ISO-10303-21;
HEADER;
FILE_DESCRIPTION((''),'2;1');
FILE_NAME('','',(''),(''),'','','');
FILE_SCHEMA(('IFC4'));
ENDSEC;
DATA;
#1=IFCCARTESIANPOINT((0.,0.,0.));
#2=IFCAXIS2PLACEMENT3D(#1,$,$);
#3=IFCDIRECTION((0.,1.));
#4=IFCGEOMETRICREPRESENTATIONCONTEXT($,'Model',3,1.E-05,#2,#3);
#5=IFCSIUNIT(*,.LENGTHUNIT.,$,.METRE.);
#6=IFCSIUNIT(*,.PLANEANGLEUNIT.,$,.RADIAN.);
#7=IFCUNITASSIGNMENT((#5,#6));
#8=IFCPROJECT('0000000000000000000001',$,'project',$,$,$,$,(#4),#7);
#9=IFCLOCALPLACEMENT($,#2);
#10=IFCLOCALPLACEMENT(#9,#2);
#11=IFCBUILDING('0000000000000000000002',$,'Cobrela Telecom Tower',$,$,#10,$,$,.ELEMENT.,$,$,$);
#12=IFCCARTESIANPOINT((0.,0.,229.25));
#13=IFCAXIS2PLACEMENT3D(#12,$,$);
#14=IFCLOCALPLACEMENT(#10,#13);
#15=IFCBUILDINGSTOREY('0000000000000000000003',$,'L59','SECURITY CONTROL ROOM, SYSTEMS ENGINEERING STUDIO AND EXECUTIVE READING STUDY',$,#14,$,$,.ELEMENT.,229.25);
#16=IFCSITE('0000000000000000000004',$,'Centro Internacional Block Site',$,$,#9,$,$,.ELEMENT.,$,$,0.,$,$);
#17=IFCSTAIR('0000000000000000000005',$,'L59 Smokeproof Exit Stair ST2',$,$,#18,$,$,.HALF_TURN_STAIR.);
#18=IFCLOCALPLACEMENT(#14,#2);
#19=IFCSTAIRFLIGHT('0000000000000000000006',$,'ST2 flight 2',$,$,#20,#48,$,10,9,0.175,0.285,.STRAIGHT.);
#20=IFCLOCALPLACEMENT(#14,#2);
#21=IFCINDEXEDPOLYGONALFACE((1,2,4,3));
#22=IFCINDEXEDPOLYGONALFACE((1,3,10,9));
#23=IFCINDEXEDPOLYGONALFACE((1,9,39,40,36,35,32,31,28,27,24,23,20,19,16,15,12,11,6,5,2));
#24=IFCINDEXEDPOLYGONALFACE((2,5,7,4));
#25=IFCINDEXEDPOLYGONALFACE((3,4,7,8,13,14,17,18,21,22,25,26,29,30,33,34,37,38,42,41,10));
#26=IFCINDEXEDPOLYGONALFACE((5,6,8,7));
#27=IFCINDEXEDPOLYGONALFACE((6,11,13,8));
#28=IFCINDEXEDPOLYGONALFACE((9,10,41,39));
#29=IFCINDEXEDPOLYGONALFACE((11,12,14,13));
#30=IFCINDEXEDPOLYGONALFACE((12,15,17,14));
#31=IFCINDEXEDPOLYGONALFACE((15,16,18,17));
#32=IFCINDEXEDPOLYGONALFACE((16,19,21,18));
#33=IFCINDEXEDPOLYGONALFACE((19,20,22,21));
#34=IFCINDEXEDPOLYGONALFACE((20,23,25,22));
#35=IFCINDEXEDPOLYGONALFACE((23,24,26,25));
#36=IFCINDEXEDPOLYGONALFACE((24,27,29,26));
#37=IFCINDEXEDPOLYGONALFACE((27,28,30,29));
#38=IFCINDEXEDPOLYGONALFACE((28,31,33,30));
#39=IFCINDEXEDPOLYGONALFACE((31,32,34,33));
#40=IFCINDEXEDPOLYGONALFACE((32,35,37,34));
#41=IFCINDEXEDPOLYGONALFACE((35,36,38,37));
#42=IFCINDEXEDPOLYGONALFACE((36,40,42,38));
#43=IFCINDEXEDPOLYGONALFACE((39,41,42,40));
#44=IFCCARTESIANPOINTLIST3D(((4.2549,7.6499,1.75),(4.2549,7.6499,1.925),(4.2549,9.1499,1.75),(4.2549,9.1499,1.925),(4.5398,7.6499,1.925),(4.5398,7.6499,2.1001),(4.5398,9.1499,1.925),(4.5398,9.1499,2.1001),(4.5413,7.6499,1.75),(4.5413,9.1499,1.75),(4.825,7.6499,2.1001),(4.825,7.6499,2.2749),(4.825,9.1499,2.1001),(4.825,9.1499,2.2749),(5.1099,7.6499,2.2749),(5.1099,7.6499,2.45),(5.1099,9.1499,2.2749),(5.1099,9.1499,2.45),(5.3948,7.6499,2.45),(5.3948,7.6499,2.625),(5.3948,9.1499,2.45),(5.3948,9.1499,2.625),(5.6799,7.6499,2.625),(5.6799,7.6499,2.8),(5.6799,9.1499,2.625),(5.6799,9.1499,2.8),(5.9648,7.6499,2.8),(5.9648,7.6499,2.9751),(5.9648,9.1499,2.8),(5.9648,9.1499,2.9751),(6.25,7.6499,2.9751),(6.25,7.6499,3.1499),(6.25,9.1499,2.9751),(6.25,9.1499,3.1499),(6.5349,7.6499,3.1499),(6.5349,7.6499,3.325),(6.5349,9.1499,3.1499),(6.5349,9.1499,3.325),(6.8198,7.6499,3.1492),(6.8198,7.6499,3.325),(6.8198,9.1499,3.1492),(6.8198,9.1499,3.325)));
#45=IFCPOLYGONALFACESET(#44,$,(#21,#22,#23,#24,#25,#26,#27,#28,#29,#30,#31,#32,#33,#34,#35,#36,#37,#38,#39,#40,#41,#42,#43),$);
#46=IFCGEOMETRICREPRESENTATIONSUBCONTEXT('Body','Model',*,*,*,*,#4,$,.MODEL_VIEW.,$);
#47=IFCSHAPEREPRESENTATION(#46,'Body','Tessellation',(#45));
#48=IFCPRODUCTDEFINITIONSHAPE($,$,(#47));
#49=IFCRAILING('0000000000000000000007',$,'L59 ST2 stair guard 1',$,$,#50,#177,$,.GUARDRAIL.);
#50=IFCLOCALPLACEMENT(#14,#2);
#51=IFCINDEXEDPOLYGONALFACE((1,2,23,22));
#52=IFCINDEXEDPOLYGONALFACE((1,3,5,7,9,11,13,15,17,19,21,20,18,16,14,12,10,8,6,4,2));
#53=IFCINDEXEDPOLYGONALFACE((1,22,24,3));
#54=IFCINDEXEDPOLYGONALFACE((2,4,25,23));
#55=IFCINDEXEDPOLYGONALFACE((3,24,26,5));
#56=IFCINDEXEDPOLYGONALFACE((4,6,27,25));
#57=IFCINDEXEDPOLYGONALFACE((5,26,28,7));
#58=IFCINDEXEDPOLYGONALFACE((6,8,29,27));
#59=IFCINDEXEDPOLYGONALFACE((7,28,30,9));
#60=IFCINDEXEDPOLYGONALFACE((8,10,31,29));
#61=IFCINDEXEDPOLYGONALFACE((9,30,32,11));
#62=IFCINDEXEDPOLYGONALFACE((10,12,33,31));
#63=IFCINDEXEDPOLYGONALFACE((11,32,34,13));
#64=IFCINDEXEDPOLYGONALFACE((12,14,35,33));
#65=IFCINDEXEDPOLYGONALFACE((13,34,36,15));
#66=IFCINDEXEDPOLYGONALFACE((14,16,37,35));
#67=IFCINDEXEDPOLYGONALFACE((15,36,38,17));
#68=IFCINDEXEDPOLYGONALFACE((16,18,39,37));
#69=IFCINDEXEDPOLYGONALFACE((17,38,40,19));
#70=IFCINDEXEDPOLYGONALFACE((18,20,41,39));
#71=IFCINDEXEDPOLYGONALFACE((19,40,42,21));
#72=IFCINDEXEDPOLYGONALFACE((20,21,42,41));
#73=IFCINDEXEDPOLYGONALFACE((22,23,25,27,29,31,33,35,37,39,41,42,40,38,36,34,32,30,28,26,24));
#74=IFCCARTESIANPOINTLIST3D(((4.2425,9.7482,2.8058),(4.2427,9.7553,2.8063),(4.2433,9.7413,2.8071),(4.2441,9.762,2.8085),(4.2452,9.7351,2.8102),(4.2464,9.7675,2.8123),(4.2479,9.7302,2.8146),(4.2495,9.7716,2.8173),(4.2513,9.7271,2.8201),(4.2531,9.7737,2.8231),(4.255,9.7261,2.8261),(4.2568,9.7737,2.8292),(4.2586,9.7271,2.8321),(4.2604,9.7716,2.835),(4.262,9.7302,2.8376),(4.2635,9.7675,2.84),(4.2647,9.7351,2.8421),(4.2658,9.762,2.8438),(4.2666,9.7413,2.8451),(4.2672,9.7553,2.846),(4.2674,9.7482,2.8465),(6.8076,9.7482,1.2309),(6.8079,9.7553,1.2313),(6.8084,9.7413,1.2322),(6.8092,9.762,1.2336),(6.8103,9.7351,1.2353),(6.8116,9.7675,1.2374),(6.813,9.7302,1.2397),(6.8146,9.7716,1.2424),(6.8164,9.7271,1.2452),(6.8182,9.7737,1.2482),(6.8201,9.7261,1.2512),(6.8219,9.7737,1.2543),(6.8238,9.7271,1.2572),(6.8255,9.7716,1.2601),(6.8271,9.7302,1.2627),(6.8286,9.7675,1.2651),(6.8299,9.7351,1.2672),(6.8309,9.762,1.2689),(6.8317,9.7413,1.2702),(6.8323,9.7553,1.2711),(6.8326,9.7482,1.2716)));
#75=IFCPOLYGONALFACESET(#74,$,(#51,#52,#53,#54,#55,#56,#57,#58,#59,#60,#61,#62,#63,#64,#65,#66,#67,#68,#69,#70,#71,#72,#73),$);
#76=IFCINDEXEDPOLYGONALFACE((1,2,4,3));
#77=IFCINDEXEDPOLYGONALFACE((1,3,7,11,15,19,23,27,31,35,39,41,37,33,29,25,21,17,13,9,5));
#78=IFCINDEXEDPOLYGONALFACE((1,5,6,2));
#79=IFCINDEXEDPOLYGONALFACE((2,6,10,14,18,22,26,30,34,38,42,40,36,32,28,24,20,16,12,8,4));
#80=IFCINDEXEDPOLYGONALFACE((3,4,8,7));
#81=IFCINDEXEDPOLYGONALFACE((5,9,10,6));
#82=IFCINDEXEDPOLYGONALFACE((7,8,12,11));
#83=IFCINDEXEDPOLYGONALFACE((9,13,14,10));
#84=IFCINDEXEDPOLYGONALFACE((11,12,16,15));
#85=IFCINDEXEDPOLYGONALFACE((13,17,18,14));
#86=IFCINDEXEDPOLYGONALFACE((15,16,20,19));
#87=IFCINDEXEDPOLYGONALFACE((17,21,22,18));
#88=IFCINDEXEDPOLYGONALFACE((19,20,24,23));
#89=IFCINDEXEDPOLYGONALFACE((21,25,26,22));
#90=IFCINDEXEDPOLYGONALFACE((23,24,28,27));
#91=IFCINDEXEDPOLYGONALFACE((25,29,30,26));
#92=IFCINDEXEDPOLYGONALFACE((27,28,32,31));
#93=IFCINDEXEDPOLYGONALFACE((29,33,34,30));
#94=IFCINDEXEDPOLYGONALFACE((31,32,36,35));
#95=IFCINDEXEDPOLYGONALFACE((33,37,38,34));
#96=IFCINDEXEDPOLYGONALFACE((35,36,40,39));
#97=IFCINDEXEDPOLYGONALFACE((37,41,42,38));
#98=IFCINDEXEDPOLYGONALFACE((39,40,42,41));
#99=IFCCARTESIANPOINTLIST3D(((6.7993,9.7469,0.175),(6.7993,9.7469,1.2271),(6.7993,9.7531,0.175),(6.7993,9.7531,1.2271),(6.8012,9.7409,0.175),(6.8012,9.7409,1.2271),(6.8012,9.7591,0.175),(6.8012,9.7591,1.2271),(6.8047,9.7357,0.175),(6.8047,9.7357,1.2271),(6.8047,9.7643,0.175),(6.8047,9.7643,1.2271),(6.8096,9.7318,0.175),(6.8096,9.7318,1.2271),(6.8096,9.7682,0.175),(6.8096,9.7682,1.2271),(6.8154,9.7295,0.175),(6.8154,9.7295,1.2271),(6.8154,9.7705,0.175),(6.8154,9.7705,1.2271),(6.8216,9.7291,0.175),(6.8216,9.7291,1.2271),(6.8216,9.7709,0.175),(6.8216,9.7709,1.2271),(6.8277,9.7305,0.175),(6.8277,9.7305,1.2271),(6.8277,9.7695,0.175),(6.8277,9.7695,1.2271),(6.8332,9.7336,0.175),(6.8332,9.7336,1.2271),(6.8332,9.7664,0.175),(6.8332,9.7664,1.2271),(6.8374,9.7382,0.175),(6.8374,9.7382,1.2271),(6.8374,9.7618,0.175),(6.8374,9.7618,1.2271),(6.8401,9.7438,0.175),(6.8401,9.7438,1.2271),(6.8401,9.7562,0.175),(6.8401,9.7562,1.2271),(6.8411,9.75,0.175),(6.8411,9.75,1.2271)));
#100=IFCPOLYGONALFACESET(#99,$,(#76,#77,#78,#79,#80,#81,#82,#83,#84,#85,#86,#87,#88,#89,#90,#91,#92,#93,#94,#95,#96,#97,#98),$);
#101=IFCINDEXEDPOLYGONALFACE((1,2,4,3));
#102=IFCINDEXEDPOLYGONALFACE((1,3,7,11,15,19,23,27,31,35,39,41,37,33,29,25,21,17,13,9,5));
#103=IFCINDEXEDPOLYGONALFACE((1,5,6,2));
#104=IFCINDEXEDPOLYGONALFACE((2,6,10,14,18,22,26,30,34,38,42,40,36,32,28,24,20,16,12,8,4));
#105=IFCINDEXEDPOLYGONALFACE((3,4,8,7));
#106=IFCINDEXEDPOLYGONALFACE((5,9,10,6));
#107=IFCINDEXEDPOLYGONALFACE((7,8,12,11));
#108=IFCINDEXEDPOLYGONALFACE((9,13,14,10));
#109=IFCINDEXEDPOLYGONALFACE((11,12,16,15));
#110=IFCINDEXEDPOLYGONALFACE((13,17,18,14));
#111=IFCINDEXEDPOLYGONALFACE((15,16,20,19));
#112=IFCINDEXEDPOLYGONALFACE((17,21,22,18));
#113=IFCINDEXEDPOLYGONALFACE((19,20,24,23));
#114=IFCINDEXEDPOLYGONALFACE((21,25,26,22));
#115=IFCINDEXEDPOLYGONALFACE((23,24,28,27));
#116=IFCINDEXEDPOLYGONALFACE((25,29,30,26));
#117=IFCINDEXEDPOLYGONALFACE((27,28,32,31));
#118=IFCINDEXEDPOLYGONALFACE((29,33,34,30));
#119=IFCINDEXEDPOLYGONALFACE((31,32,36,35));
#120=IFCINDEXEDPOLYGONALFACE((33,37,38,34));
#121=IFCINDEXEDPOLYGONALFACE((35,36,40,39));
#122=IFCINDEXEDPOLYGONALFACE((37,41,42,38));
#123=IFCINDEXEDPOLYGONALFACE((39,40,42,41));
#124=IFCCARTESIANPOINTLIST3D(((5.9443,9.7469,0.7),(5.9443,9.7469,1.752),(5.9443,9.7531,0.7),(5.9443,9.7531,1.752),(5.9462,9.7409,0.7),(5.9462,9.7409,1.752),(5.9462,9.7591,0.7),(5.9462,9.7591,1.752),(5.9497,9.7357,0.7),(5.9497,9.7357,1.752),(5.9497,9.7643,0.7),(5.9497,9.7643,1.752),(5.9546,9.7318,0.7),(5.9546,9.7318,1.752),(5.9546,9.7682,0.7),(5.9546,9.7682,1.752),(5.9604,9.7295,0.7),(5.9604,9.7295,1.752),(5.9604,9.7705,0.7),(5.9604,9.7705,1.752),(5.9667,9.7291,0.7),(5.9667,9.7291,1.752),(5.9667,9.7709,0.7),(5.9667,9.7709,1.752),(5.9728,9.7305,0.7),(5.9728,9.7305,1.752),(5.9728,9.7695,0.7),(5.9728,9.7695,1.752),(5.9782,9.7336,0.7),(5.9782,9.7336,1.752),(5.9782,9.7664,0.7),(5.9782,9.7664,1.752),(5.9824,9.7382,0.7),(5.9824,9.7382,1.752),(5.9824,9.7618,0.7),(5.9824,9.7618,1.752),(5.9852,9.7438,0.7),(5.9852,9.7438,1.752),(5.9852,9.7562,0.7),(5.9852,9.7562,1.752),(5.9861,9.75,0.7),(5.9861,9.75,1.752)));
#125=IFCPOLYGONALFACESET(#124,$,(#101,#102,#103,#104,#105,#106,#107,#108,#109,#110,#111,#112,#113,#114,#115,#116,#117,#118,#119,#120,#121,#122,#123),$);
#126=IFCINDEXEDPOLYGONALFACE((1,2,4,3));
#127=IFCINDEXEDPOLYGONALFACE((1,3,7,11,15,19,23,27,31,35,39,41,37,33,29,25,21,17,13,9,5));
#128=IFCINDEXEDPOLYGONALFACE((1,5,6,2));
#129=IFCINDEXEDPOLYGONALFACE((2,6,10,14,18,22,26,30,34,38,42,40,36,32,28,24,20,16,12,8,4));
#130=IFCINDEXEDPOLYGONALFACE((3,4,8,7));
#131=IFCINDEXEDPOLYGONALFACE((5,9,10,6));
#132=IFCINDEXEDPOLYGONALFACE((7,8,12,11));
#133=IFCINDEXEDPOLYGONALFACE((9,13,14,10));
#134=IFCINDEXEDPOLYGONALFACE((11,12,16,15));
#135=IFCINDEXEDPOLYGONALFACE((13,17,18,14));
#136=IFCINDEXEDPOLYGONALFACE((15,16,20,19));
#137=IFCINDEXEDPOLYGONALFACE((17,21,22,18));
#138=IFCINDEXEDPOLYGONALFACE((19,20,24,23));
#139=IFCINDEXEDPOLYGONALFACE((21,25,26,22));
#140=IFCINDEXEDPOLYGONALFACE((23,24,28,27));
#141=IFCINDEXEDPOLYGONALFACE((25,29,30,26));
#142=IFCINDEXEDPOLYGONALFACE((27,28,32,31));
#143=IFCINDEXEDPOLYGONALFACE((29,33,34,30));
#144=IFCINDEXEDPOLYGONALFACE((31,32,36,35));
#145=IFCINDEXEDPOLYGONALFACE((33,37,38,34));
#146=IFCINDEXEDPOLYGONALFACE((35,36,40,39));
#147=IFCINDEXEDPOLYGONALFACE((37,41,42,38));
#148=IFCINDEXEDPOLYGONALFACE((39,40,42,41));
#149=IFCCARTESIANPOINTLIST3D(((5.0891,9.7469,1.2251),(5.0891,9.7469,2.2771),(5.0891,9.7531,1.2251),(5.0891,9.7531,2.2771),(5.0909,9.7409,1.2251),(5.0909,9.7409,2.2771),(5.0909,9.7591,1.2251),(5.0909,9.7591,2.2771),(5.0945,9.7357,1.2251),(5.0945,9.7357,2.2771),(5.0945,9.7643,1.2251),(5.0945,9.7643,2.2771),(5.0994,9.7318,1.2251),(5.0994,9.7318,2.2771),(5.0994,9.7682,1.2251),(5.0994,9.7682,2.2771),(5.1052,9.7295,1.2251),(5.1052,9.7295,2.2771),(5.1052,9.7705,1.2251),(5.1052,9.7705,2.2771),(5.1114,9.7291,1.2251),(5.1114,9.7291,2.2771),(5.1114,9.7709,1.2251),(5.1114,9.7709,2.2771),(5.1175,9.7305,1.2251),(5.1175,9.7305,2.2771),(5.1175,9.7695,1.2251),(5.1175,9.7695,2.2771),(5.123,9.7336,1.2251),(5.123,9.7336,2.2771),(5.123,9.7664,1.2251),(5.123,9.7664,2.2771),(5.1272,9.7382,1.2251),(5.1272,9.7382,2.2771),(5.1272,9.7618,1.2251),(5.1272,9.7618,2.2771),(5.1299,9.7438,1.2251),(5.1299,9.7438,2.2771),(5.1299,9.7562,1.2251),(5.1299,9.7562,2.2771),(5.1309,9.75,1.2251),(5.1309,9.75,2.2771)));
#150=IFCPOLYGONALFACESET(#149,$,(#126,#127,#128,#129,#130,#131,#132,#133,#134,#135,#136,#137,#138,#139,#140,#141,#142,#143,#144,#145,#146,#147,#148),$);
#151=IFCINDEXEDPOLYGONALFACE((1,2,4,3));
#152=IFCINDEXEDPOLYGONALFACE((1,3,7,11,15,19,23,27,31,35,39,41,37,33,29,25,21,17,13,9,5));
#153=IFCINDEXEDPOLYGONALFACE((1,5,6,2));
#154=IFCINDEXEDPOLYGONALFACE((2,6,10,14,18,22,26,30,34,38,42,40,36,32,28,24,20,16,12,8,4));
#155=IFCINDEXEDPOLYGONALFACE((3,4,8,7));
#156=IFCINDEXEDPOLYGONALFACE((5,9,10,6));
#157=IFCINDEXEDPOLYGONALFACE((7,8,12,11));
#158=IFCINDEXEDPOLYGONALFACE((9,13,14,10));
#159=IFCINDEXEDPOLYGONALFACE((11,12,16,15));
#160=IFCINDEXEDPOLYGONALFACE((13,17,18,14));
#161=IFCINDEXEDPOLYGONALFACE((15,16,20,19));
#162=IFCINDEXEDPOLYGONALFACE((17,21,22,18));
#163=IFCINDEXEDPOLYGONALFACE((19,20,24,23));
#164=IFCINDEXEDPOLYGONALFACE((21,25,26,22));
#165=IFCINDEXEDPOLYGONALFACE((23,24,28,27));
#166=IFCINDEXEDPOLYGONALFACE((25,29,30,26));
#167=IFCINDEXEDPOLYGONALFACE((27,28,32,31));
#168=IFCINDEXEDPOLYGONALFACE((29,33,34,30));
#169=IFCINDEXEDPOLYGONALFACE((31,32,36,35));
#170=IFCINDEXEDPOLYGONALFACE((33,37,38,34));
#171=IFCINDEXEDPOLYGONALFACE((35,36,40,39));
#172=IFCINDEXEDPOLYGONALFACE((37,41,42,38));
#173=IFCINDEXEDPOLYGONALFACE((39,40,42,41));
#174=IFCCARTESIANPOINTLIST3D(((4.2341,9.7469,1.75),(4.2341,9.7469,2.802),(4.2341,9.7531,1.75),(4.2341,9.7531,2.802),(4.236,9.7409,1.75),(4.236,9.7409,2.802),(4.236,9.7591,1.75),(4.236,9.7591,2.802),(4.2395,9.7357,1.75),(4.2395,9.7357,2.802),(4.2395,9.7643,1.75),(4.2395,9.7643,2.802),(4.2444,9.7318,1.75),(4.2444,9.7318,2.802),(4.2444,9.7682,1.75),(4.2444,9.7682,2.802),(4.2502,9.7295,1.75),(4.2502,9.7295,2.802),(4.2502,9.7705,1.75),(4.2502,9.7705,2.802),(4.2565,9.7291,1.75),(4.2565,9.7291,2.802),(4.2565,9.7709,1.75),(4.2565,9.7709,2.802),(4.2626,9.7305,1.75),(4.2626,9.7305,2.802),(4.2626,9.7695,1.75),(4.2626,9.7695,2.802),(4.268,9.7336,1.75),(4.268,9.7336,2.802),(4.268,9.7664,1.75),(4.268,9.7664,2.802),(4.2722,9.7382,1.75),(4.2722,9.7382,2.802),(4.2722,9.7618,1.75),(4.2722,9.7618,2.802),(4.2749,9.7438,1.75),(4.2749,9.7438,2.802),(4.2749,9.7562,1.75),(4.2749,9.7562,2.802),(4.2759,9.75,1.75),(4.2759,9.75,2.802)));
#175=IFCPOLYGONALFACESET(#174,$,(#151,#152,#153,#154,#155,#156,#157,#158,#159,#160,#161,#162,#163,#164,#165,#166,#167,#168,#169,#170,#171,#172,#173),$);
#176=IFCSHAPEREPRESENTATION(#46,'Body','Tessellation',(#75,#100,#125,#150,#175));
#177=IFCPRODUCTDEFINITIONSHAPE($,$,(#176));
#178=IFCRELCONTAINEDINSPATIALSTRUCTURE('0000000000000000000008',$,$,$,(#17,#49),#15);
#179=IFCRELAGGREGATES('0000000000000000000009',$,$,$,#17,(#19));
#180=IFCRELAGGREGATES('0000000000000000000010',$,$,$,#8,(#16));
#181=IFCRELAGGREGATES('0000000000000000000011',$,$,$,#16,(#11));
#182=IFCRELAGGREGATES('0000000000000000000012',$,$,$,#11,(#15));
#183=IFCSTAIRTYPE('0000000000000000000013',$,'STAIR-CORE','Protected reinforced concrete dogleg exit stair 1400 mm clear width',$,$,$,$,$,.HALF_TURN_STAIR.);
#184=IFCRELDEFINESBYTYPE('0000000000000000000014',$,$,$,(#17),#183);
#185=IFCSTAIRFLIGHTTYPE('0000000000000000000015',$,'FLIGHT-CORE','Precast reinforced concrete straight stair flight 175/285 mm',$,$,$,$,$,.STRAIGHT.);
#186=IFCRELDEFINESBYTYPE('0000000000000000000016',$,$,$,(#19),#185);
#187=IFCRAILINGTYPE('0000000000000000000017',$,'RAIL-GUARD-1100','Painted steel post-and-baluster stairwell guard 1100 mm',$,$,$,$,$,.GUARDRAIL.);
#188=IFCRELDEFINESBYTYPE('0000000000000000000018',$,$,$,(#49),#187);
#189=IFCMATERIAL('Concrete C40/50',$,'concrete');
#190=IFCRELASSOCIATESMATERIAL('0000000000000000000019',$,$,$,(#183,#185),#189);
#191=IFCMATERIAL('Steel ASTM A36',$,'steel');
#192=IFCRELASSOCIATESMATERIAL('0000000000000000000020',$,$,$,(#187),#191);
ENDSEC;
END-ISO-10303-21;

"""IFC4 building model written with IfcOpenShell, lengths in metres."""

from ifc_helpers import new_model, si_unit, direction, frame, origin, origin_2d, place, context, subcontext, project, spatial, polyline, circle, outline, extrude, material, type_object, element, aggregate, save


model = new_model("IFC4")

# Units and contexts
model_context = context("Model", 3, precision=1e-05, world=origin(), true_north=direction((0.0, 1.0)))
body_context = subcontext(model_context, "Body", "Model", "MODEL_VIEW")
ifc_project = project(units=[si_unit("LENGTHUNIT", "METRE"), si_unit("PLANEANGLEUNIT", "RADIAN")], contexts=[model_context])

# Site, building, storey
site_placement = place(None, origin())
site = spatial("IfcSite", under=ifc_project, at=site_placement, Name="Centro Internacional Block Site", CompositionType="ELEMENT", RefElevation=0.0)
building_placement = place(site_placement, origin())
building = spatial("IfcBuilding", under=site, at=building_placement, Name="Cobrela Telecom Tower", CompositionType="ELEMENT")
storey_placement = place(building_placement, frame((0.0, 0.0, 229.25)))
storey = spatial("IfcBuildingStorey", under=building, at=storey_placement, Name="L59", Description="SECURITY CONTROL ROOM, SYSTEMS ENGINEERING STUDIO AND EXECUTIVE READING STUDY", CompositionType="ELEMENT", Elevation=229.25)

# Shared definitions
ifc_material_1 = material(Name="Steel ASTM A36", Category="steel")

# Shared definitions
ifc_material_2 = material(Name="Concrete C40/50", Category="concrete")

# Stair, stair flight
stair_type = type_object("IfcStairType", Name="STAIR-CORE", Description="Protected reinforced concrete dogleg exit stair 1400 mm clear width", PredefinedType="HALF_TURN_STAIR", material=ifc_material_2)
stair_placement = place(storey_placement, origin())
stair = element("IfcStair", 1, at=stair_placement, inside=storey, type_object=stair_type, Name="L59 Smokeproof Exit Stair ST2", PredefinedType="HALF_TURN_STAIR")
stair_flight_type = type_object("IfcStairFlightType", Name="FLIGHT-CORE", Description="Precast reinforced concrete straight stair flight 175/285 mm", PredefinedType="STRAIGHT", material=ifc_material_2)
stair_flight_1_placement = place(storey_placement, frame((4.2549, 8.3999, 1.75), z_axis=(0.0, 0.0, 1.0), x_axis=(1.0, 0.0, 0.0)))
stair_flight_1 = element("IfcStairFlight", 2, at=stair_flight_1_placement, type_object=stair_flight_type, Name="ST2 flight 2", NumberOfRisers=10, NumberOfTreads=9, PredefinedType="STRAIGHT", RiserHeight=0.175, TreadLength=0.285, context=body_context, shape_type="SweptSolid", body=[
    extrude(outline(polyline([(0.0, 0.0), (0.0, 0.175), (0.2849, 0.175), (0.2849, 0.3501), (0.5701, 0.3501), (0.5701, 0.5249), (0.855, 0.5249), (0.855, 0.7), (1.1399, 0.7), (1.1399, 0.875), (1.425, 0.875), (1.425, 1.05), (1.71, 1.05), (1.71, 1.2251), (1.9951, 1.2251), (1.9951, 1.3999), (2.28, 1.3999), (2.28, 1.575), (2.5649, 1.575), (2.5649, 1.75), (2.5649, 1.3992), (0.2864, 0.0), (0.0, 0.0)])), frame((0.0, 0.75, 0.0), z_axis=(0.0, -1.0, 0.0), x_axis=(1.0, 0.0, 0.0)), (0.0, 0.0, 1.0), 1.5),
])
aggregate(stair, [stair_flight_1])

# Railing
railing_type = type_object("IfcRailingType", Name="RAIL-GUARD-1100", Description="Painted steel post-and-baluster stairwell guard 1100 mm", PredefinedType="GUARDRAIL", material=ifc_material_1)
railing_1_placement = place(storey_placement, frame((6.8201, 9.75, 0.175)))
element("IfcRailing", 3, at=railing_1_placement, inside=storey, type_object=railing_type, Name="L59 ST2 stair guard 1", PredefinedType="GUARDRAIL", context=body_context, shape_type="SweptSolid", body=[
    extrude(circle(Radius=0.0239, at=origin_2d()), frame((0.0, 0.0, 1.0762), z_axis=(-0.852195, 0.0, 0.523224), x_axis=(0.0, -1.0, 0.0)), (0.0, 0.0, 1.0), 3.01),
    extrude(circle(Radius=0.021, at=origin_2d()), origin(), (0.0, 0.0, 1.0), 1.052),
    extrude(circle(Radius=0.021, at=origin_2d()), frame((-0.855, 0.0, 0.5249)), (0.0, 0.0, 1.0), 1.052),
    extrude(circle(Radius=0.021, at=origin_2d()), frame((-1.7102, 0.0, 1.05)), (0.0, 0.0, 1.0), 1.052),
    extrude(circle(Radius=0.021, at=origin_2d()), frame((-2.5652, 0.0, 1.575)), (0.0, 0.0, 1.0), 1.052),
])

save(model, "model.ifc")
